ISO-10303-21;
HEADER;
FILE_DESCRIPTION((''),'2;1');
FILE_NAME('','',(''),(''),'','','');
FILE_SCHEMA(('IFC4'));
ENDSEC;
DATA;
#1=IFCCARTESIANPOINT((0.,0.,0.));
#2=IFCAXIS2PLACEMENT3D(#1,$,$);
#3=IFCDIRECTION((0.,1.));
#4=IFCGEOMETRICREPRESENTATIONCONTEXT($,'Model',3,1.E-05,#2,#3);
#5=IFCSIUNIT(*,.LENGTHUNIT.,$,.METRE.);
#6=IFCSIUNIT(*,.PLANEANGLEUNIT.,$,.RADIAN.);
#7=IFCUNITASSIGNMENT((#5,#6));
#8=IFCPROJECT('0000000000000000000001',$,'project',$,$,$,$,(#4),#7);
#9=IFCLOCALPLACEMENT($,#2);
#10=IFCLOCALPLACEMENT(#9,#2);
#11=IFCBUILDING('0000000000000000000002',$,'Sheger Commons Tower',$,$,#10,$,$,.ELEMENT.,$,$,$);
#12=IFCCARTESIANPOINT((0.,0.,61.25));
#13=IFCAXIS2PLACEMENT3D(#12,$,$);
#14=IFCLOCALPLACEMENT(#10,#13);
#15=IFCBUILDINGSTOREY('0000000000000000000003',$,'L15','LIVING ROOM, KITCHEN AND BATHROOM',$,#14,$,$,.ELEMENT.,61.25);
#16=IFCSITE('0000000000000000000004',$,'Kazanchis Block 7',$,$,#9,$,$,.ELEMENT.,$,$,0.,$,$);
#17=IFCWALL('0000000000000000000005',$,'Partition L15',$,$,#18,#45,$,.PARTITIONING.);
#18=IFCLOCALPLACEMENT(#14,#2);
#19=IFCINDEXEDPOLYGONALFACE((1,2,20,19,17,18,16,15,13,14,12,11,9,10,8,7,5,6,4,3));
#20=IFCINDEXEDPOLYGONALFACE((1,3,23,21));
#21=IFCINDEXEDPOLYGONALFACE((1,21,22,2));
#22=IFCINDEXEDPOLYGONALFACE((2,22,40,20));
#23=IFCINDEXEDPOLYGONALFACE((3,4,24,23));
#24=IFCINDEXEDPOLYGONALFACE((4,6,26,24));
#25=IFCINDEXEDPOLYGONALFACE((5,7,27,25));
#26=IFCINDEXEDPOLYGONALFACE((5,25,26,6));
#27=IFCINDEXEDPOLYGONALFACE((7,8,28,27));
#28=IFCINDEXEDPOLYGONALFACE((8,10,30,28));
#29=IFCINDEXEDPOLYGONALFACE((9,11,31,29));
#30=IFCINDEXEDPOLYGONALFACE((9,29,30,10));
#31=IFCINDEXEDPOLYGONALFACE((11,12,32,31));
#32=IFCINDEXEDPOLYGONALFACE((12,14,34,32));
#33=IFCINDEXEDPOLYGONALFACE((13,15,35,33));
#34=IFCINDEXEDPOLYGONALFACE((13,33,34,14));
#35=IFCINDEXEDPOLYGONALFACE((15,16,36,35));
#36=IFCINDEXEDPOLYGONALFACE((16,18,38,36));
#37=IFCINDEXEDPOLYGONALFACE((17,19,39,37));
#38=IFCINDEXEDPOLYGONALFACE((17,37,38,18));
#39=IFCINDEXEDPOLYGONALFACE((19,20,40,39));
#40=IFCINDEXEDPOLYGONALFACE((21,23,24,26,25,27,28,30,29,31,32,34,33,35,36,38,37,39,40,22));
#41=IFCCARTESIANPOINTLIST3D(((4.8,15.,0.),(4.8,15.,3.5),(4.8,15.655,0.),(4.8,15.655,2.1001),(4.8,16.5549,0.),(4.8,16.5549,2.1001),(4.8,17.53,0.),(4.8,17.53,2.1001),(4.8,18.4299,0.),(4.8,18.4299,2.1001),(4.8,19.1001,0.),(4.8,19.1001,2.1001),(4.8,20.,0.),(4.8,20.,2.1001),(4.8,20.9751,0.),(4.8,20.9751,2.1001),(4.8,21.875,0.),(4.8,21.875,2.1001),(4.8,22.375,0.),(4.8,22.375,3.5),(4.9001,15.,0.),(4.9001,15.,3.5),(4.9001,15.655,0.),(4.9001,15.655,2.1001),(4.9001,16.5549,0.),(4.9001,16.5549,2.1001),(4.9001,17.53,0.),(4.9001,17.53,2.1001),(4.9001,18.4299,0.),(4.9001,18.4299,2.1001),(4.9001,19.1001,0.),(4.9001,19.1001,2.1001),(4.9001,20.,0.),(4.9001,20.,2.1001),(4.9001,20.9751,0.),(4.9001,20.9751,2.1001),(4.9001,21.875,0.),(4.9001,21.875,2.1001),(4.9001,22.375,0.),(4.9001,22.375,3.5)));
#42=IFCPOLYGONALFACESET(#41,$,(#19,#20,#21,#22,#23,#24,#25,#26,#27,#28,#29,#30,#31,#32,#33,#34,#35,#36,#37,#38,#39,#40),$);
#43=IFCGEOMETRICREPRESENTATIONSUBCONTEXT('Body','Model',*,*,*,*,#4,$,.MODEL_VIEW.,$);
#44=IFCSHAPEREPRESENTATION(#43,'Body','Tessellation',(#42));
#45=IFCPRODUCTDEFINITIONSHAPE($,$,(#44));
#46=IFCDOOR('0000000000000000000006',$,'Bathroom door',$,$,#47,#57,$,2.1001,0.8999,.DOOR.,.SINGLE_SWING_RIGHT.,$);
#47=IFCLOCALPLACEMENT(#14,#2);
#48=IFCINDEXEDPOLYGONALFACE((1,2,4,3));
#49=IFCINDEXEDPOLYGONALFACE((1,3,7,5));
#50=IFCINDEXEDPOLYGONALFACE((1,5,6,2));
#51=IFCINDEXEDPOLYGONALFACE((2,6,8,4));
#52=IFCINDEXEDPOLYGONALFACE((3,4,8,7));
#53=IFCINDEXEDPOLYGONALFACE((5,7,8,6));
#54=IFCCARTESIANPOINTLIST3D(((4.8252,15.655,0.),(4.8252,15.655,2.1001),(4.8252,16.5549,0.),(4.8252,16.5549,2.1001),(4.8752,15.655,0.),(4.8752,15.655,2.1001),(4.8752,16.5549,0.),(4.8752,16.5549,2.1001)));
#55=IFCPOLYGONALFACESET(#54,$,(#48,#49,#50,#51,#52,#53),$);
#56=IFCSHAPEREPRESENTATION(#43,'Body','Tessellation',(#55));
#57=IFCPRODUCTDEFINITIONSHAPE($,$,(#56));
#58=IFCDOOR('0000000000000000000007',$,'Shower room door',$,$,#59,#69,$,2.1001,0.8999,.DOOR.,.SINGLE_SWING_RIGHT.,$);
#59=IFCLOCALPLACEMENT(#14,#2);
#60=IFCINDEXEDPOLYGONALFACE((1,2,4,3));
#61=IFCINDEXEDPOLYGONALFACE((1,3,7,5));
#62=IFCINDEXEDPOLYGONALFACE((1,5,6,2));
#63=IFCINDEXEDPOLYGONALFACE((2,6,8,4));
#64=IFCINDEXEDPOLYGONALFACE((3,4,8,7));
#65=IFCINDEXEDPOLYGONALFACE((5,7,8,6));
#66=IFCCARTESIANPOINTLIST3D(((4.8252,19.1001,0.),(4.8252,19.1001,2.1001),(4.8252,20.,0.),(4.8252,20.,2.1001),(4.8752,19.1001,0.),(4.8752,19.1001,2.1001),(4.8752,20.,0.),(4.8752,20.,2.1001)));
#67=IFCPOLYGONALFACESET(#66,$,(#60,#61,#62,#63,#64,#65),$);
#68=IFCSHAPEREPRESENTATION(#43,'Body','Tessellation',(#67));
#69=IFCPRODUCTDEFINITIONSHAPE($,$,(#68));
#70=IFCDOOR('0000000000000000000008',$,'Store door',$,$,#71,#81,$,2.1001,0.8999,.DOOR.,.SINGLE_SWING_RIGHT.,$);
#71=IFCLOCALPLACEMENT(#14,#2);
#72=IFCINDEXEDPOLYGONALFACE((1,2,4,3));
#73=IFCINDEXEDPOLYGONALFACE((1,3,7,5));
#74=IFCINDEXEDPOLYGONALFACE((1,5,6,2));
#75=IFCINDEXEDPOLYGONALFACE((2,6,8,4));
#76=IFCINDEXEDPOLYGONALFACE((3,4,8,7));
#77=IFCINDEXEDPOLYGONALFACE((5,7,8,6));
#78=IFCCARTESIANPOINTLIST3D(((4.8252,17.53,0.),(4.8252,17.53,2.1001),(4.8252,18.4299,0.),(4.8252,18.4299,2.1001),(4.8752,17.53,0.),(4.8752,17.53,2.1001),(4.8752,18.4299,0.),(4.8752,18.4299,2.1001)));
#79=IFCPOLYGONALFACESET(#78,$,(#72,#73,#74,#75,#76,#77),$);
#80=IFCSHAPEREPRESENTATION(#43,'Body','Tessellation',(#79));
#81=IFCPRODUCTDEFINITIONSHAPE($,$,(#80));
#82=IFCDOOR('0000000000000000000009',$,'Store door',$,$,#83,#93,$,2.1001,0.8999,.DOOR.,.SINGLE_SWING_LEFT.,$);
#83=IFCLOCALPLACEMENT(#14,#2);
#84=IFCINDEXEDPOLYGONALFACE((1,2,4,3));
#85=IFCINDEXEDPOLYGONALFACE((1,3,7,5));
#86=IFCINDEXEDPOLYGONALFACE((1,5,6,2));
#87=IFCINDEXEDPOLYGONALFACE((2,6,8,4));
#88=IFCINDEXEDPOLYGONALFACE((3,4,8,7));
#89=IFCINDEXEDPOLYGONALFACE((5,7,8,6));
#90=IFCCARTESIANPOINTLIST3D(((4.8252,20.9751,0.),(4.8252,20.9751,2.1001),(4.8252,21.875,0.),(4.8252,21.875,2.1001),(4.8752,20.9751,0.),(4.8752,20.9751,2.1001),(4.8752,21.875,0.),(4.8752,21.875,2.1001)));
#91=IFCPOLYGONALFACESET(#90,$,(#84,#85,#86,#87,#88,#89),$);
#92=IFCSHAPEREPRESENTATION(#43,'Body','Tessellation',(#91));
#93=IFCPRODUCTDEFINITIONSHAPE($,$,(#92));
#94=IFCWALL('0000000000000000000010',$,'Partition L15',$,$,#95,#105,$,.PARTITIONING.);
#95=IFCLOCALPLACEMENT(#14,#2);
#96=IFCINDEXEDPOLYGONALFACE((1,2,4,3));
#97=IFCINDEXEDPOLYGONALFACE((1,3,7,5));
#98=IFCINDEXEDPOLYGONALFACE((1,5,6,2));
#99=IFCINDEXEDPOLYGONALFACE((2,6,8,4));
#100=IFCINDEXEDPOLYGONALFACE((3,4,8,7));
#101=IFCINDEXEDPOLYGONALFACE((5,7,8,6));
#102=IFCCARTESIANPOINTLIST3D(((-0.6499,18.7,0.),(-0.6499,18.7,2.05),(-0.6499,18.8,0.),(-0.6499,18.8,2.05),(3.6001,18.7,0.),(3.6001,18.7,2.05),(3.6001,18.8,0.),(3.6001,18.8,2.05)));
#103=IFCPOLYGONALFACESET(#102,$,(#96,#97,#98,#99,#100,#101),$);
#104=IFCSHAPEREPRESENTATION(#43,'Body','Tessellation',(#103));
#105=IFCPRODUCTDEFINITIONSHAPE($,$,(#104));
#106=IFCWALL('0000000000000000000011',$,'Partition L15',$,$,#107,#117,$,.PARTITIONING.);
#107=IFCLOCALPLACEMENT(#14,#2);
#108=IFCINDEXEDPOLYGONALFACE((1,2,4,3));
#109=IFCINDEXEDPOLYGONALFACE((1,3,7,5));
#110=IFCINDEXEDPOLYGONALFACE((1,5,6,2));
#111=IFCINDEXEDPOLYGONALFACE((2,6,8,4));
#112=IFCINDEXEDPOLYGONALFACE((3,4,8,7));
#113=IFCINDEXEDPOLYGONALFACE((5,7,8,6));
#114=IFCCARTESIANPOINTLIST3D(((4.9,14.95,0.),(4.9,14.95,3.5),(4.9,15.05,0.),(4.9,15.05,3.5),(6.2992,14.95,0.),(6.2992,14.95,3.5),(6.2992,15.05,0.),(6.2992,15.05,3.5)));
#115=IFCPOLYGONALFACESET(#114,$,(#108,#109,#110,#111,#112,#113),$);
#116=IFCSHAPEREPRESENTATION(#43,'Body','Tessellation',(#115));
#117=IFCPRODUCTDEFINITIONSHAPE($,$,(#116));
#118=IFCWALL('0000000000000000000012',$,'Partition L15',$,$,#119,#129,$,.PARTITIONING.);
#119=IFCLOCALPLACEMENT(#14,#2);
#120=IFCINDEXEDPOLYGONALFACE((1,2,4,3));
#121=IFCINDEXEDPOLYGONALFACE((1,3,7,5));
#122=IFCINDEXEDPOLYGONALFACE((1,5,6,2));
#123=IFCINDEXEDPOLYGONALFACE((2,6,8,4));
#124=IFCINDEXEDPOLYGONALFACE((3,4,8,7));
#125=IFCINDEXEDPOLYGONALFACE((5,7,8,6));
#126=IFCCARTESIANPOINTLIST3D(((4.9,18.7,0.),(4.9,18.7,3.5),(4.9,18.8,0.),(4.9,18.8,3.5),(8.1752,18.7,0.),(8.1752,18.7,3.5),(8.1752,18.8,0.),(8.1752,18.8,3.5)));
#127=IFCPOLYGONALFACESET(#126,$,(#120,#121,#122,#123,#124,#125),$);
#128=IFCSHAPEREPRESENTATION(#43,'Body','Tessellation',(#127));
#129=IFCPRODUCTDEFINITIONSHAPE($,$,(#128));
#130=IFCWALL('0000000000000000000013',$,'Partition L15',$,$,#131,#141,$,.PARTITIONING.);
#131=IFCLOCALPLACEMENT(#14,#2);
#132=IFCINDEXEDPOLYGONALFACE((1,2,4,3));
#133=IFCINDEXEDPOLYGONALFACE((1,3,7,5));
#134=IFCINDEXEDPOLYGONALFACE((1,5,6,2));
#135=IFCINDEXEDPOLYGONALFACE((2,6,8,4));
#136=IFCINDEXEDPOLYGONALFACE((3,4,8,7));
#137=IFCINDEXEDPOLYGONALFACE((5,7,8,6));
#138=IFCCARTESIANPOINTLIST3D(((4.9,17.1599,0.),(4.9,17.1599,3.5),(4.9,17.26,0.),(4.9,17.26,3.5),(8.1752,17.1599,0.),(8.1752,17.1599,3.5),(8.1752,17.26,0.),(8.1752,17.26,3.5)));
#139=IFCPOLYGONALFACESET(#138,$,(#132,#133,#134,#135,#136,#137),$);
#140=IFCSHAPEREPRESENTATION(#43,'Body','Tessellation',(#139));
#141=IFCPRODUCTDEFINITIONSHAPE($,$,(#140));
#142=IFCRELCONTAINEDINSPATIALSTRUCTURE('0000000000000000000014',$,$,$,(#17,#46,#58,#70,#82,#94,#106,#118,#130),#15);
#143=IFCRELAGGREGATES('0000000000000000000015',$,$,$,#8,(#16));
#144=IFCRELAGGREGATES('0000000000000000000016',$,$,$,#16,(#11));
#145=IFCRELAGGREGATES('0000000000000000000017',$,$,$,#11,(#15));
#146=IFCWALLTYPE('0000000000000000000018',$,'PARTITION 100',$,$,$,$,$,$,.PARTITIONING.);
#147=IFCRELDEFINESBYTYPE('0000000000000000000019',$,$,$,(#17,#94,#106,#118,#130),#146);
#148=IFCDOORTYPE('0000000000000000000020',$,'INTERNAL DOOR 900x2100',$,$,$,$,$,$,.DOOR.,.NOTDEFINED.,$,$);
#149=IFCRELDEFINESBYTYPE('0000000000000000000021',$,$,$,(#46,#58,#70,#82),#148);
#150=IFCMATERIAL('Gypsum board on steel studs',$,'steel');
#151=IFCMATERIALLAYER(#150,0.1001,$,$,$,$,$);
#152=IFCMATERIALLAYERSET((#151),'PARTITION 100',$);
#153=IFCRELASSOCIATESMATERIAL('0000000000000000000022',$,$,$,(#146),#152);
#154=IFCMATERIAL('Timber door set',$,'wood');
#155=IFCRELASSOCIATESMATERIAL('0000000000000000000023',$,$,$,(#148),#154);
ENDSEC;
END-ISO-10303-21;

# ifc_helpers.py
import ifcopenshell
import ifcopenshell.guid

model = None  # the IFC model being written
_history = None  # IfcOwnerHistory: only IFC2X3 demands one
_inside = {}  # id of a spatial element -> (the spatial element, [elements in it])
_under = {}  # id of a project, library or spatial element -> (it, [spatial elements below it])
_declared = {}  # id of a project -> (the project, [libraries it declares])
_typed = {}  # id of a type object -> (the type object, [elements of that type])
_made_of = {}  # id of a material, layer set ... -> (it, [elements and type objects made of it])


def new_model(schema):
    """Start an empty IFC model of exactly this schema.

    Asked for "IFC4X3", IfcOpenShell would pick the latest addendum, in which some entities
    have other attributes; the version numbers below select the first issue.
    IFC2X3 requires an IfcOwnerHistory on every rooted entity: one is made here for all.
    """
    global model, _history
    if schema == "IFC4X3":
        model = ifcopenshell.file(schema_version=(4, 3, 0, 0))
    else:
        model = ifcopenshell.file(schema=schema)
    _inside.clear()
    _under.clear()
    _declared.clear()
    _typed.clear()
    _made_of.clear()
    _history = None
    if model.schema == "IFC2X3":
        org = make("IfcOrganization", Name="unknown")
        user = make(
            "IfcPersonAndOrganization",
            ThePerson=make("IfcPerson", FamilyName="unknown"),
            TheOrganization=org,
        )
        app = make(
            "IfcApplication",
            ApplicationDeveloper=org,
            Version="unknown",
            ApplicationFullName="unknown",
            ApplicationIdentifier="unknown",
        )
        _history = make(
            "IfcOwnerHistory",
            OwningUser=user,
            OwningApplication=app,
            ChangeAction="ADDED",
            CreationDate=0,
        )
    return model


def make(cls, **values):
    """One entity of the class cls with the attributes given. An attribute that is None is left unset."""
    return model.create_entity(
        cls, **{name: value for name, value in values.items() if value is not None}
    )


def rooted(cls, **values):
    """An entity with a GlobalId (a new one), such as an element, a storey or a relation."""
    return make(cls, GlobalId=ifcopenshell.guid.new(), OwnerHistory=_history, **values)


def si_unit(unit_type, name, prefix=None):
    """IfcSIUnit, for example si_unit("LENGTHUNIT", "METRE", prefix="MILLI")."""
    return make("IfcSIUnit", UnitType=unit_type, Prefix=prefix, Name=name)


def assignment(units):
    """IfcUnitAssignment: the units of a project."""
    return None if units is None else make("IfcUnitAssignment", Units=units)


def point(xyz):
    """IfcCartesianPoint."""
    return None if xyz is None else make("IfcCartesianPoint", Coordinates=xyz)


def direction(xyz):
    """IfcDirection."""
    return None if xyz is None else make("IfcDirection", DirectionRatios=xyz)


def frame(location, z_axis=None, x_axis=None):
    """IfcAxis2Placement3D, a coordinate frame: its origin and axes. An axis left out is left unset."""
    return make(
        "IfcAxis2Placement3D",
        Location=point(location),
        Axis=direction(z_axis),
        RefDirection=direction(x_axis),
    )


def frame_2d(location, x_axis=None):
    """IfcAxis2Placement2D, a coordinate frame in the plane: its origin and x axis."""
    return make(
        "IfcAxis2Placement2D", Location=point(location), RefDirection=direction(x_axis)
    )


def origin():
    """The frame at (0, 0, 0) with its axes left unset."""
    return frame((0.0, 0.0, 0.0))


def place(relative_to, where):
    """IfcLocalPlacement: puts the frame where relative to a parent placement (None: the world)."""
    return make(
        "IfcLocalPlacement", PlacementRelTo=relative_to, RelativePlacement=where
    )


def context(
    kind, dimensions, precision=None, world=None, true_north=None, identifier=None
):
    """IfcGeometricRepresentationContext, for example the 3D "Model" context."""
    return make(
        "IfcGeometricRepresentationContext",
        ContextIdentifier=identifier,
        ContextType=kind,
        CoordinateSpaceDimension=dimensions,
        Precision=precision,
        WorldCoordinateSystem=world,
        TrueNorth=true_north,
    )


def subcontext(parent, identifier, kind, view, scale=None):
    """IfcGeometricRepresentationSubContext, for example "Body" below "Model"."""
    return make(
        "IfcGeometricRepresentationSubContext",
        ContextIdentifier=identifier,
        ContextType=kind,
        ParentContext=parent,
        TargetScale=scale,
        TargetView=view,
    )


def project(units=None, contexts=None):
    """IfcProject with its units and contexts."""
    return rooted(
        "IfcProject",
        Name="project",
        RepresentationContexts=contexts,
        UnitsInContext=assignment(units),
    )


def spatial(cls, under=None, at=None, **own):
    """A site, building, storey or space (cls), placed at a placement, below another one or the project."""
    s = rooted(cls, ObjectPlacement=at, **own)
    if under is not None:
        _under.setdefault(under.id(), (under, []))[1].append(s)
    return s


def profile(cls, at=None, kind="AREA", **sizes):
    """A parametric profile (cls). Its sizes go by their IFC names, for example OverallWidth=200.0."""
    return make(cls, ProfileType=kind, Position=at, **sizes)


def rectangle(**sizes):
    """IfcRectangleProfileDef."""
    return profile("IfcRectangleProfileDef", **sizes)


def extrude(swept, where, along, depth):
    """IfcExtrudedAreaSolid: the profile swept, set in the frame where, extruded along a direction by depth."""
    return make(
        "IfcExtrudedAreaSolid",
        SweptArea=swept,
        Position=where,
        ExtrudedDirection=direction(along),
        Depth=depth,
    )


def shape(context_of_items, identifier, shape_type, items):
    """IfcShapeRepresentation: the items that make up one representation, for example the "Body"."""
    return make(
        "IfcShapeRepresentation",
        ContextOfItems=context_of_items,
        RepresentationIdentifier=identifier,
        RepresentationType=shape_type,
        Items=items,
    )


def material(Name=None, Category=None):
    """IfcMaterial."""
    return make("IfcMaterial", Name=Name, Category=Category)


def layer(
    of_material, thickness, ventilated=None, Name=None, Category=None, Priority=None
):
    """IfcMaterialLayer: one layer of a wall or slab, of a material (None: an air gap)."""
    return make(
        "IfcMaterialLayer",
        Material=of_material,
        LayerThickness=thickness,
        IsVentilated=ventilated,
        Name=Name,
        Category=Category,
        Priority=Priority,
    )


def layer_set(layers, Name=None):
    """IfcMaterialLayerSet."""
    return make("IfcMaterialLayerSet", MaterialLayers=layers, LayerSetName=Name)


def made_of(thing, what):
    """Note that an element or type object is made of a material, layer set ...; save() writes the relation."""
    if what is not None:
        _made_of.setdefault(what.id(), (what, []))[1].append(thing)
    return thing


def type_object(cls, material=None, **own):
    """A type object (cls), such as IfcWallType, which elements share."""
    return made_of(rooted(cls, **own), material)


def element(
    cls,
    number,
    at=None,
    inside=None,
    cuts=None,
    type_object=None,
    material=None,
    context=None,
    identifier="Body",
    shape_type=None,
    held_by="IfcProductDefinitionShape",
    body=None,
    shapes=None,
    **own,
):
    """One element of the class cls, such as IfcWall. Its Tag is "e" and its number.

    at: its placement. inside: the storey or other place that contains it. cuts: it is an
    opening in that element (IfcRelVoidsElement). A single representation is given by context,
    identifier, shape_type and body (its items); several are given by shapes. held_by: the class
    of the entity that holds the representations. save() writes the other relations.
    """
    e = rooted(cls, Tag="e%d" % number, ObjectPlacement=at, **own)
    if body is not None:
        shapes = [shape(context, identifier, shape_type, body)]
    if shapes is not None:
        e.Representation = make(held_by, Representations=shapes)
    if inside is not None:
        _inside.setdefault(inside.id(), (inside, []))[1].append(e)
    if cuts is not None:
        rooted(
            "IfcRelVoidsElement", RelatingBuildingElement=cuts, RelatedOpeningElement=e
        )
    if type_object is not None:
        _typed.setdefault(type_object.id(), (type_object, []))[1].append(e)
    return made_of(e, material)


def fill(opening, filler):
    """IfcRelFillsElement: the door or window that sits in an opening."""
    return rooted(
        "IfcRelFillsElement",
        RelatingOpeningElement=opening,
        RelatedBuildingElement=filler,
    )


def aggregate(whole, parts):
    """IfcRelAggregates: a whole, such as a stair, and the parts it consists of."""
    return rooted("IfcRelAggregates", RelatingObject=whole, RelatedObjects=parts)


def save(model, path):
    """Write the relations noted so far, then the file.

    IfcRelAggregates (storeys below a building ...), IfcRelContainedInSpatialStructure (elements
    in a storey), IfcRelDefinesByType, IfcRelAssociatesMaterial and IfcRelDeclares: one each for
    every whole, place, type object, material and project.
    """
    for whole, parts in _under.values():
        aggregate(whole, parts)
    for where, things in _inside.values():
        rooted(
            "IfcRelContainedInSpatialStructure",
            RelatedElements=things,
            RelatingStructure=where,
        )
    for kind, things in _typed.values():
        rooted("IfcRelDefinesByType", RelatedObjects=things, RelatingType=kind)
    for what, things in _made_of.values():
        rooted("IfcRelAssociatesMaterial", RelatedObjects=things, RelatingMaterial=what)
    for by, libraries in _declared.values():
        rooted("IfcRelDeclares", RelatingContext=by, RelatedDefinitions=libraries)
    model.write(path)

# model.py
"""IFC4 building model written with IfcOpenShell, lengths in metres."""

from ifc_helpers import new_model, si_unit, direction, frame, frame_2d, origin, place, context, subcontext, project, spatial, rectangle, extrude, material, layer, layer_set, type_object, element, fill, save


model = new_model("IFC4")

# Units and contexts
model_context = context("Model", 3, precision=1e-05, world=origin(), true_north=direction((0.0, 1.0)))
body_context = subcontext(model_context, "Body", "Model", "MODEL_VIEW")
ifc_project = project(units=[si_unit("LENGTHUNIT", "METRE"), si_unit("PLANEANGLEUNIT", "RADIAN")], contexts=[model_context])

# Site, building, storey
site_placement = place(None, origin())
site = spatial("IfcSite", under=ifc_project, at=site_placement, Name="Kazanchis Block 7", CompositionType="ELEMENT", RefElevation=0.0)
building_placement = place(site_placement, origin())
building = spatial("IfcBuilding", under=site, at=building_placement, Name="Sheger Commons Tower", CompositionType="ELEMENT")
storey_placement = place(building_placement, frame((0.0, 0.0, 61.25)))
storey = spatial("IfcBuildingStorey", under=building, at=storey_placement, Name="L15", Description="LIVING ROOM, KITCHEN AND BATHROOM", CompositionType="ELEMENT", Elevation=61.25)

# Wall, openings, doors
ifc_material_1 = material(Name="Gypsum board on steel studs", Category="steel")
ifc_layer_1 = layer(ifc_material_1, 0.1001)
ifc_layer_set_1 = layer_set([ifc_layer_1], Name="PARTITION 100")
wall_type_1 = type_object("IfcWallType", Name="PARTITION 100", PredefinedType="PARTITIONING", material=ifc_layer_set_1)
wall_1_placement = place(storey_placement, frame((4.8501, 15.0, 0.0), z_axis=(0.0, 0.0, 1.0), x_axis=(0.0, 1.0, 0.0)))
wall_1 = element("IfcWall", 1, at=wall_1_placement, inside=storey, type_object=wall_type_1, Name="Partition L15", PredefinedType="PARTITIONING", context=body_context, shape_type="SweptSolid", body=[
    extrude(rectangle(XDim=7.375, YDim=0.1001, at=frame_2d((3.6875, 0.0))), origin(), (0.0, 0.0, 1.0), 3.5),
])
opening_1_placement = place(wall_1_placement, frame((0.655, 0.0, 0.0)))
opening_1 = element("IfcOpeningElement", 2, at=opening_1_placement, cuts=wall_1, PredefinedType="OPENING", context=body_context, shape_type="SweptSolid", body=[
    extrude(rectangle(XDim=0.8999, YDim=2.1001, at=frame_2d((0.45, 1.05))), frame((0.0, 0.0601, 0.0), z_axis=(0.0, -1.0, 0.0), x_axis=(1.0, 0.0, 0.0)), (0.0, 0.0, 1.0), 0.1201),
])
opening_2_placement = place(wall_1_placement, frame((4.1001, 0.0, 0.0)))
opening_2 = element("IfcOpeningElement", 3, at=opening_2_placement, cuts=wall_1, PredefinedType="OPENING", context=body_context, shape_type="SweptSolid", body=[
    extrude(rectangle(XDim=0.8999, YDim=2.1001, at=frame_2d((0.45, 1.05))), frame((0.0, 0.0601, 0.0), z_axis=(0.0, -1.0, 0.0), x_axis=(1.0, 0.0, 0.0)), (0.0, 0.0, 1.0), 0.1201),
])
opening_3_placement = place(wall_1_placement, frame((2.53, 0.0, 0.0)))
opening_3 = element("IfcOpeningElement", 4, at=opening_3_placement, cuts=wall_1, PredefinedType="OPENING", context=body_context, shape_type="SweptSolid", body=[
    extrude(rectangle(XDim=0.8999, YDim=2.1001, at=frame_2d((0.45, 1.05))), frame((0.0, 0.0601, 0.0), z_axis=(0.0, -1.0, 0.0), x_axis=(1.0, 0.0, 0.0)), (0.0, 0.0, 1.0), 0.1201),
])
opening_4_placement = place(wall_1_placement, frame((5.9751, 0.0, 0.0)))
opening_4 = element("IfcOpeningElement", 5, at=opening_4_placement, cuts=wall_1, PredefinedType="OPENING", context=body_context, shape_type="SweptSolid", body=[
    extrude(rectangle(XDim=0.8999, YDim=2.1001, at=frame_2d((0.45, 1.05))), frame((0.0, 0.0601, 0.0), z_axis=(0.0, -1.0, 0.0), x_axis=(1.0, 0.0, 0.0)), (0.0, 0.0, 1.0), 0.1201),
])
ifc_material_2 = material(Name="Timber door set", Category="wood")
door_type = type_object("IfcDoorType", Name="INTERNAL DOOR 900x2100", OperationType="NOTDEFINED", PredefinedType="DOOR", material=ifc_material_2)
door_1_placement = place(opening_1_placement, origin())
door_1 = element("IfcDoor", 6, at=door_1_placement, inside=storey, type_object=door_type, Name="Bathroom door", OperationType="SINGLE_SWING_RIGHT", OverallHeight=2.1001, OverallWidth=0.8999, PredefinedType="DOOR", context=body_context, shape_type="SweptSolid", body=[
    extrude(rectangle(XDim=0.8999, YDim=2.1001, at=frame_2d((0.45, 1.05))), frame((0.0, 0.0249, 0.0), z_axis=(0.0, -1.0, 0.0), x_axis=(1.0, 0.0, 0.0)), (0.0, 0.0, 1.0), 0.05),
])
fill(opening_1, door_1)
door_2_placement = place(opening_2_placement, origin())
door_2 = element("IfcDoor", 7, at=door_2_placement, inside=storey, type_object=door_type, Name="Shower room door", OperationType="SINGLE_SWING_RIGHT", OverallHeight=2.1001, OverallWidth=0.8999, PredefinedType="DOOR", context=body_context, shape_type="SweptSolid", body=[
    extrude(rectangle(XDim=0.8999, YDim=2.1001, at=frame_2d((0.45, 1.05))), frame((0.0, 0.0249, 0.0), z_axis=(0.0, -1.0, 0.0), x_axis=(1.0, 0.0, 0.0)), (0.0, 0.0, 1.0), 0.05),
])
fill(opening_2, door_2)
door_3_placement = place(opening_3_placement, origin())
door_3 = element("IfcDoor", 8, at=door_3_placement, inside=storey, type_object=door_type, Name="Store door", OperationType="SINGLE_SWING_RIGHT", OverallHeight=2.1001, OverallWidth=0.8999, PredefinedType="DOOR", context=body_context, shape_type="SweptSolid", body=[
    extrude(rectangle(XDim=0.8999, YDim=2.1001, at=frame_2d((0.45, 1.05))), frame((0.0, 0.0249, 0.0), z_axis=(0.0, -1.0, 0.0), x_axis=(1.0, 0.0, 0.0)), (0.0, 0.0, 1.0), 0.05),
])
fill(opening_3, door_3)
door_4_placement = place(opening_4_placement, origin())
door_4 = element("IfcDoor", 9, at=door_4_placement, inside=storey, type_object=door_type, Name="Store door", OperationType="SINGLE_SWING_LEFT", OverallHeight=2.1001, OverallWidth=0.8999, PredefinedType="DOOR", context=body_context, shape_type="SweptSolid", body=[
    extrude(rectangle(XDim=0.8999, YDim=2.1001, at=frame_2d((0.45, 1.05))), frame((0.0, 0.0249, 0.0), z_axis=(0.0, -1.0, 0.0), x_axis=(1.0, 0.0, 0.0)), (0.0, 0.0, 1.0), 0.05),
])
fill(opening_4, door_4)

# Walls
wall_2_placement = place(storey_placement, frame((-0.6499, 18.75, 0.0), z_axis=(0.0, 0.0, 1.0), x_axis=(1.0, 0.0, 0.0)))
element("IfcWall", 10, at=wall_2_placement, inside=storey, type_object=wall_type_1, Name="Partition L15", PredefinedType="PARTITIONING", context=body_context, shape_type="SweptSolid", body=[
    extrude(rectangle(XDim=4.25, YDim=0.1001, at=frame_2d((2.125, 0.0))), origin(), (0.0, 0.0, 1.0), 2.05),
])
wall_3_placement = place(storey_placement, frame((4.8999, 15.0, 0.0), z_axis=(0.0, 0.0, 1.0), x_axis=(1.0, 0.0, 0.0)))
element("IfcWall", 11, at=wall_3_placement, inside=storey, type_object=wall_type_1, Name="Partition L15", PredefinedType="PARTITIONING", context=body_context, shape_type="SweptSolid", body=[
    extrude(rectangle(XDim=1.3992, YDim=0.1001, at=frame_2d((0.6997, 0.0))), origin(), (0.0, 0.0, 1.0), 3.5),
])
for number, where, z_axis, x_axis, name in (
    (12, (4.8999, 18.75, 0.0), (0.0, 0.0, 1.0), (1.0, 0.0, 0.0), "Partition L15"),
    (13, (4.8999, 17.21, 0.0), (0.0, 0.0, 1.0), (1.0, 0.0, 0.0), "Partition L15"),
):
    element("IfcWall", number, at=place(storey_placement, frame(where, z_axis=z_axis, x_axis=x_axis)), inside=storey, type_object=wall_type_1, Name=name, PredefinedType="PARTITIONING", context=body_context, shape_type="SweptSolid", body=[
        extrude(rectangle(XDim=3.2751, YDim=0.1001, at=frame_2d((1.6377, 0.0))), origin(), (0.0, 0.0, 1.0), 3.5),
    ])

save(model, "model.ifc")
